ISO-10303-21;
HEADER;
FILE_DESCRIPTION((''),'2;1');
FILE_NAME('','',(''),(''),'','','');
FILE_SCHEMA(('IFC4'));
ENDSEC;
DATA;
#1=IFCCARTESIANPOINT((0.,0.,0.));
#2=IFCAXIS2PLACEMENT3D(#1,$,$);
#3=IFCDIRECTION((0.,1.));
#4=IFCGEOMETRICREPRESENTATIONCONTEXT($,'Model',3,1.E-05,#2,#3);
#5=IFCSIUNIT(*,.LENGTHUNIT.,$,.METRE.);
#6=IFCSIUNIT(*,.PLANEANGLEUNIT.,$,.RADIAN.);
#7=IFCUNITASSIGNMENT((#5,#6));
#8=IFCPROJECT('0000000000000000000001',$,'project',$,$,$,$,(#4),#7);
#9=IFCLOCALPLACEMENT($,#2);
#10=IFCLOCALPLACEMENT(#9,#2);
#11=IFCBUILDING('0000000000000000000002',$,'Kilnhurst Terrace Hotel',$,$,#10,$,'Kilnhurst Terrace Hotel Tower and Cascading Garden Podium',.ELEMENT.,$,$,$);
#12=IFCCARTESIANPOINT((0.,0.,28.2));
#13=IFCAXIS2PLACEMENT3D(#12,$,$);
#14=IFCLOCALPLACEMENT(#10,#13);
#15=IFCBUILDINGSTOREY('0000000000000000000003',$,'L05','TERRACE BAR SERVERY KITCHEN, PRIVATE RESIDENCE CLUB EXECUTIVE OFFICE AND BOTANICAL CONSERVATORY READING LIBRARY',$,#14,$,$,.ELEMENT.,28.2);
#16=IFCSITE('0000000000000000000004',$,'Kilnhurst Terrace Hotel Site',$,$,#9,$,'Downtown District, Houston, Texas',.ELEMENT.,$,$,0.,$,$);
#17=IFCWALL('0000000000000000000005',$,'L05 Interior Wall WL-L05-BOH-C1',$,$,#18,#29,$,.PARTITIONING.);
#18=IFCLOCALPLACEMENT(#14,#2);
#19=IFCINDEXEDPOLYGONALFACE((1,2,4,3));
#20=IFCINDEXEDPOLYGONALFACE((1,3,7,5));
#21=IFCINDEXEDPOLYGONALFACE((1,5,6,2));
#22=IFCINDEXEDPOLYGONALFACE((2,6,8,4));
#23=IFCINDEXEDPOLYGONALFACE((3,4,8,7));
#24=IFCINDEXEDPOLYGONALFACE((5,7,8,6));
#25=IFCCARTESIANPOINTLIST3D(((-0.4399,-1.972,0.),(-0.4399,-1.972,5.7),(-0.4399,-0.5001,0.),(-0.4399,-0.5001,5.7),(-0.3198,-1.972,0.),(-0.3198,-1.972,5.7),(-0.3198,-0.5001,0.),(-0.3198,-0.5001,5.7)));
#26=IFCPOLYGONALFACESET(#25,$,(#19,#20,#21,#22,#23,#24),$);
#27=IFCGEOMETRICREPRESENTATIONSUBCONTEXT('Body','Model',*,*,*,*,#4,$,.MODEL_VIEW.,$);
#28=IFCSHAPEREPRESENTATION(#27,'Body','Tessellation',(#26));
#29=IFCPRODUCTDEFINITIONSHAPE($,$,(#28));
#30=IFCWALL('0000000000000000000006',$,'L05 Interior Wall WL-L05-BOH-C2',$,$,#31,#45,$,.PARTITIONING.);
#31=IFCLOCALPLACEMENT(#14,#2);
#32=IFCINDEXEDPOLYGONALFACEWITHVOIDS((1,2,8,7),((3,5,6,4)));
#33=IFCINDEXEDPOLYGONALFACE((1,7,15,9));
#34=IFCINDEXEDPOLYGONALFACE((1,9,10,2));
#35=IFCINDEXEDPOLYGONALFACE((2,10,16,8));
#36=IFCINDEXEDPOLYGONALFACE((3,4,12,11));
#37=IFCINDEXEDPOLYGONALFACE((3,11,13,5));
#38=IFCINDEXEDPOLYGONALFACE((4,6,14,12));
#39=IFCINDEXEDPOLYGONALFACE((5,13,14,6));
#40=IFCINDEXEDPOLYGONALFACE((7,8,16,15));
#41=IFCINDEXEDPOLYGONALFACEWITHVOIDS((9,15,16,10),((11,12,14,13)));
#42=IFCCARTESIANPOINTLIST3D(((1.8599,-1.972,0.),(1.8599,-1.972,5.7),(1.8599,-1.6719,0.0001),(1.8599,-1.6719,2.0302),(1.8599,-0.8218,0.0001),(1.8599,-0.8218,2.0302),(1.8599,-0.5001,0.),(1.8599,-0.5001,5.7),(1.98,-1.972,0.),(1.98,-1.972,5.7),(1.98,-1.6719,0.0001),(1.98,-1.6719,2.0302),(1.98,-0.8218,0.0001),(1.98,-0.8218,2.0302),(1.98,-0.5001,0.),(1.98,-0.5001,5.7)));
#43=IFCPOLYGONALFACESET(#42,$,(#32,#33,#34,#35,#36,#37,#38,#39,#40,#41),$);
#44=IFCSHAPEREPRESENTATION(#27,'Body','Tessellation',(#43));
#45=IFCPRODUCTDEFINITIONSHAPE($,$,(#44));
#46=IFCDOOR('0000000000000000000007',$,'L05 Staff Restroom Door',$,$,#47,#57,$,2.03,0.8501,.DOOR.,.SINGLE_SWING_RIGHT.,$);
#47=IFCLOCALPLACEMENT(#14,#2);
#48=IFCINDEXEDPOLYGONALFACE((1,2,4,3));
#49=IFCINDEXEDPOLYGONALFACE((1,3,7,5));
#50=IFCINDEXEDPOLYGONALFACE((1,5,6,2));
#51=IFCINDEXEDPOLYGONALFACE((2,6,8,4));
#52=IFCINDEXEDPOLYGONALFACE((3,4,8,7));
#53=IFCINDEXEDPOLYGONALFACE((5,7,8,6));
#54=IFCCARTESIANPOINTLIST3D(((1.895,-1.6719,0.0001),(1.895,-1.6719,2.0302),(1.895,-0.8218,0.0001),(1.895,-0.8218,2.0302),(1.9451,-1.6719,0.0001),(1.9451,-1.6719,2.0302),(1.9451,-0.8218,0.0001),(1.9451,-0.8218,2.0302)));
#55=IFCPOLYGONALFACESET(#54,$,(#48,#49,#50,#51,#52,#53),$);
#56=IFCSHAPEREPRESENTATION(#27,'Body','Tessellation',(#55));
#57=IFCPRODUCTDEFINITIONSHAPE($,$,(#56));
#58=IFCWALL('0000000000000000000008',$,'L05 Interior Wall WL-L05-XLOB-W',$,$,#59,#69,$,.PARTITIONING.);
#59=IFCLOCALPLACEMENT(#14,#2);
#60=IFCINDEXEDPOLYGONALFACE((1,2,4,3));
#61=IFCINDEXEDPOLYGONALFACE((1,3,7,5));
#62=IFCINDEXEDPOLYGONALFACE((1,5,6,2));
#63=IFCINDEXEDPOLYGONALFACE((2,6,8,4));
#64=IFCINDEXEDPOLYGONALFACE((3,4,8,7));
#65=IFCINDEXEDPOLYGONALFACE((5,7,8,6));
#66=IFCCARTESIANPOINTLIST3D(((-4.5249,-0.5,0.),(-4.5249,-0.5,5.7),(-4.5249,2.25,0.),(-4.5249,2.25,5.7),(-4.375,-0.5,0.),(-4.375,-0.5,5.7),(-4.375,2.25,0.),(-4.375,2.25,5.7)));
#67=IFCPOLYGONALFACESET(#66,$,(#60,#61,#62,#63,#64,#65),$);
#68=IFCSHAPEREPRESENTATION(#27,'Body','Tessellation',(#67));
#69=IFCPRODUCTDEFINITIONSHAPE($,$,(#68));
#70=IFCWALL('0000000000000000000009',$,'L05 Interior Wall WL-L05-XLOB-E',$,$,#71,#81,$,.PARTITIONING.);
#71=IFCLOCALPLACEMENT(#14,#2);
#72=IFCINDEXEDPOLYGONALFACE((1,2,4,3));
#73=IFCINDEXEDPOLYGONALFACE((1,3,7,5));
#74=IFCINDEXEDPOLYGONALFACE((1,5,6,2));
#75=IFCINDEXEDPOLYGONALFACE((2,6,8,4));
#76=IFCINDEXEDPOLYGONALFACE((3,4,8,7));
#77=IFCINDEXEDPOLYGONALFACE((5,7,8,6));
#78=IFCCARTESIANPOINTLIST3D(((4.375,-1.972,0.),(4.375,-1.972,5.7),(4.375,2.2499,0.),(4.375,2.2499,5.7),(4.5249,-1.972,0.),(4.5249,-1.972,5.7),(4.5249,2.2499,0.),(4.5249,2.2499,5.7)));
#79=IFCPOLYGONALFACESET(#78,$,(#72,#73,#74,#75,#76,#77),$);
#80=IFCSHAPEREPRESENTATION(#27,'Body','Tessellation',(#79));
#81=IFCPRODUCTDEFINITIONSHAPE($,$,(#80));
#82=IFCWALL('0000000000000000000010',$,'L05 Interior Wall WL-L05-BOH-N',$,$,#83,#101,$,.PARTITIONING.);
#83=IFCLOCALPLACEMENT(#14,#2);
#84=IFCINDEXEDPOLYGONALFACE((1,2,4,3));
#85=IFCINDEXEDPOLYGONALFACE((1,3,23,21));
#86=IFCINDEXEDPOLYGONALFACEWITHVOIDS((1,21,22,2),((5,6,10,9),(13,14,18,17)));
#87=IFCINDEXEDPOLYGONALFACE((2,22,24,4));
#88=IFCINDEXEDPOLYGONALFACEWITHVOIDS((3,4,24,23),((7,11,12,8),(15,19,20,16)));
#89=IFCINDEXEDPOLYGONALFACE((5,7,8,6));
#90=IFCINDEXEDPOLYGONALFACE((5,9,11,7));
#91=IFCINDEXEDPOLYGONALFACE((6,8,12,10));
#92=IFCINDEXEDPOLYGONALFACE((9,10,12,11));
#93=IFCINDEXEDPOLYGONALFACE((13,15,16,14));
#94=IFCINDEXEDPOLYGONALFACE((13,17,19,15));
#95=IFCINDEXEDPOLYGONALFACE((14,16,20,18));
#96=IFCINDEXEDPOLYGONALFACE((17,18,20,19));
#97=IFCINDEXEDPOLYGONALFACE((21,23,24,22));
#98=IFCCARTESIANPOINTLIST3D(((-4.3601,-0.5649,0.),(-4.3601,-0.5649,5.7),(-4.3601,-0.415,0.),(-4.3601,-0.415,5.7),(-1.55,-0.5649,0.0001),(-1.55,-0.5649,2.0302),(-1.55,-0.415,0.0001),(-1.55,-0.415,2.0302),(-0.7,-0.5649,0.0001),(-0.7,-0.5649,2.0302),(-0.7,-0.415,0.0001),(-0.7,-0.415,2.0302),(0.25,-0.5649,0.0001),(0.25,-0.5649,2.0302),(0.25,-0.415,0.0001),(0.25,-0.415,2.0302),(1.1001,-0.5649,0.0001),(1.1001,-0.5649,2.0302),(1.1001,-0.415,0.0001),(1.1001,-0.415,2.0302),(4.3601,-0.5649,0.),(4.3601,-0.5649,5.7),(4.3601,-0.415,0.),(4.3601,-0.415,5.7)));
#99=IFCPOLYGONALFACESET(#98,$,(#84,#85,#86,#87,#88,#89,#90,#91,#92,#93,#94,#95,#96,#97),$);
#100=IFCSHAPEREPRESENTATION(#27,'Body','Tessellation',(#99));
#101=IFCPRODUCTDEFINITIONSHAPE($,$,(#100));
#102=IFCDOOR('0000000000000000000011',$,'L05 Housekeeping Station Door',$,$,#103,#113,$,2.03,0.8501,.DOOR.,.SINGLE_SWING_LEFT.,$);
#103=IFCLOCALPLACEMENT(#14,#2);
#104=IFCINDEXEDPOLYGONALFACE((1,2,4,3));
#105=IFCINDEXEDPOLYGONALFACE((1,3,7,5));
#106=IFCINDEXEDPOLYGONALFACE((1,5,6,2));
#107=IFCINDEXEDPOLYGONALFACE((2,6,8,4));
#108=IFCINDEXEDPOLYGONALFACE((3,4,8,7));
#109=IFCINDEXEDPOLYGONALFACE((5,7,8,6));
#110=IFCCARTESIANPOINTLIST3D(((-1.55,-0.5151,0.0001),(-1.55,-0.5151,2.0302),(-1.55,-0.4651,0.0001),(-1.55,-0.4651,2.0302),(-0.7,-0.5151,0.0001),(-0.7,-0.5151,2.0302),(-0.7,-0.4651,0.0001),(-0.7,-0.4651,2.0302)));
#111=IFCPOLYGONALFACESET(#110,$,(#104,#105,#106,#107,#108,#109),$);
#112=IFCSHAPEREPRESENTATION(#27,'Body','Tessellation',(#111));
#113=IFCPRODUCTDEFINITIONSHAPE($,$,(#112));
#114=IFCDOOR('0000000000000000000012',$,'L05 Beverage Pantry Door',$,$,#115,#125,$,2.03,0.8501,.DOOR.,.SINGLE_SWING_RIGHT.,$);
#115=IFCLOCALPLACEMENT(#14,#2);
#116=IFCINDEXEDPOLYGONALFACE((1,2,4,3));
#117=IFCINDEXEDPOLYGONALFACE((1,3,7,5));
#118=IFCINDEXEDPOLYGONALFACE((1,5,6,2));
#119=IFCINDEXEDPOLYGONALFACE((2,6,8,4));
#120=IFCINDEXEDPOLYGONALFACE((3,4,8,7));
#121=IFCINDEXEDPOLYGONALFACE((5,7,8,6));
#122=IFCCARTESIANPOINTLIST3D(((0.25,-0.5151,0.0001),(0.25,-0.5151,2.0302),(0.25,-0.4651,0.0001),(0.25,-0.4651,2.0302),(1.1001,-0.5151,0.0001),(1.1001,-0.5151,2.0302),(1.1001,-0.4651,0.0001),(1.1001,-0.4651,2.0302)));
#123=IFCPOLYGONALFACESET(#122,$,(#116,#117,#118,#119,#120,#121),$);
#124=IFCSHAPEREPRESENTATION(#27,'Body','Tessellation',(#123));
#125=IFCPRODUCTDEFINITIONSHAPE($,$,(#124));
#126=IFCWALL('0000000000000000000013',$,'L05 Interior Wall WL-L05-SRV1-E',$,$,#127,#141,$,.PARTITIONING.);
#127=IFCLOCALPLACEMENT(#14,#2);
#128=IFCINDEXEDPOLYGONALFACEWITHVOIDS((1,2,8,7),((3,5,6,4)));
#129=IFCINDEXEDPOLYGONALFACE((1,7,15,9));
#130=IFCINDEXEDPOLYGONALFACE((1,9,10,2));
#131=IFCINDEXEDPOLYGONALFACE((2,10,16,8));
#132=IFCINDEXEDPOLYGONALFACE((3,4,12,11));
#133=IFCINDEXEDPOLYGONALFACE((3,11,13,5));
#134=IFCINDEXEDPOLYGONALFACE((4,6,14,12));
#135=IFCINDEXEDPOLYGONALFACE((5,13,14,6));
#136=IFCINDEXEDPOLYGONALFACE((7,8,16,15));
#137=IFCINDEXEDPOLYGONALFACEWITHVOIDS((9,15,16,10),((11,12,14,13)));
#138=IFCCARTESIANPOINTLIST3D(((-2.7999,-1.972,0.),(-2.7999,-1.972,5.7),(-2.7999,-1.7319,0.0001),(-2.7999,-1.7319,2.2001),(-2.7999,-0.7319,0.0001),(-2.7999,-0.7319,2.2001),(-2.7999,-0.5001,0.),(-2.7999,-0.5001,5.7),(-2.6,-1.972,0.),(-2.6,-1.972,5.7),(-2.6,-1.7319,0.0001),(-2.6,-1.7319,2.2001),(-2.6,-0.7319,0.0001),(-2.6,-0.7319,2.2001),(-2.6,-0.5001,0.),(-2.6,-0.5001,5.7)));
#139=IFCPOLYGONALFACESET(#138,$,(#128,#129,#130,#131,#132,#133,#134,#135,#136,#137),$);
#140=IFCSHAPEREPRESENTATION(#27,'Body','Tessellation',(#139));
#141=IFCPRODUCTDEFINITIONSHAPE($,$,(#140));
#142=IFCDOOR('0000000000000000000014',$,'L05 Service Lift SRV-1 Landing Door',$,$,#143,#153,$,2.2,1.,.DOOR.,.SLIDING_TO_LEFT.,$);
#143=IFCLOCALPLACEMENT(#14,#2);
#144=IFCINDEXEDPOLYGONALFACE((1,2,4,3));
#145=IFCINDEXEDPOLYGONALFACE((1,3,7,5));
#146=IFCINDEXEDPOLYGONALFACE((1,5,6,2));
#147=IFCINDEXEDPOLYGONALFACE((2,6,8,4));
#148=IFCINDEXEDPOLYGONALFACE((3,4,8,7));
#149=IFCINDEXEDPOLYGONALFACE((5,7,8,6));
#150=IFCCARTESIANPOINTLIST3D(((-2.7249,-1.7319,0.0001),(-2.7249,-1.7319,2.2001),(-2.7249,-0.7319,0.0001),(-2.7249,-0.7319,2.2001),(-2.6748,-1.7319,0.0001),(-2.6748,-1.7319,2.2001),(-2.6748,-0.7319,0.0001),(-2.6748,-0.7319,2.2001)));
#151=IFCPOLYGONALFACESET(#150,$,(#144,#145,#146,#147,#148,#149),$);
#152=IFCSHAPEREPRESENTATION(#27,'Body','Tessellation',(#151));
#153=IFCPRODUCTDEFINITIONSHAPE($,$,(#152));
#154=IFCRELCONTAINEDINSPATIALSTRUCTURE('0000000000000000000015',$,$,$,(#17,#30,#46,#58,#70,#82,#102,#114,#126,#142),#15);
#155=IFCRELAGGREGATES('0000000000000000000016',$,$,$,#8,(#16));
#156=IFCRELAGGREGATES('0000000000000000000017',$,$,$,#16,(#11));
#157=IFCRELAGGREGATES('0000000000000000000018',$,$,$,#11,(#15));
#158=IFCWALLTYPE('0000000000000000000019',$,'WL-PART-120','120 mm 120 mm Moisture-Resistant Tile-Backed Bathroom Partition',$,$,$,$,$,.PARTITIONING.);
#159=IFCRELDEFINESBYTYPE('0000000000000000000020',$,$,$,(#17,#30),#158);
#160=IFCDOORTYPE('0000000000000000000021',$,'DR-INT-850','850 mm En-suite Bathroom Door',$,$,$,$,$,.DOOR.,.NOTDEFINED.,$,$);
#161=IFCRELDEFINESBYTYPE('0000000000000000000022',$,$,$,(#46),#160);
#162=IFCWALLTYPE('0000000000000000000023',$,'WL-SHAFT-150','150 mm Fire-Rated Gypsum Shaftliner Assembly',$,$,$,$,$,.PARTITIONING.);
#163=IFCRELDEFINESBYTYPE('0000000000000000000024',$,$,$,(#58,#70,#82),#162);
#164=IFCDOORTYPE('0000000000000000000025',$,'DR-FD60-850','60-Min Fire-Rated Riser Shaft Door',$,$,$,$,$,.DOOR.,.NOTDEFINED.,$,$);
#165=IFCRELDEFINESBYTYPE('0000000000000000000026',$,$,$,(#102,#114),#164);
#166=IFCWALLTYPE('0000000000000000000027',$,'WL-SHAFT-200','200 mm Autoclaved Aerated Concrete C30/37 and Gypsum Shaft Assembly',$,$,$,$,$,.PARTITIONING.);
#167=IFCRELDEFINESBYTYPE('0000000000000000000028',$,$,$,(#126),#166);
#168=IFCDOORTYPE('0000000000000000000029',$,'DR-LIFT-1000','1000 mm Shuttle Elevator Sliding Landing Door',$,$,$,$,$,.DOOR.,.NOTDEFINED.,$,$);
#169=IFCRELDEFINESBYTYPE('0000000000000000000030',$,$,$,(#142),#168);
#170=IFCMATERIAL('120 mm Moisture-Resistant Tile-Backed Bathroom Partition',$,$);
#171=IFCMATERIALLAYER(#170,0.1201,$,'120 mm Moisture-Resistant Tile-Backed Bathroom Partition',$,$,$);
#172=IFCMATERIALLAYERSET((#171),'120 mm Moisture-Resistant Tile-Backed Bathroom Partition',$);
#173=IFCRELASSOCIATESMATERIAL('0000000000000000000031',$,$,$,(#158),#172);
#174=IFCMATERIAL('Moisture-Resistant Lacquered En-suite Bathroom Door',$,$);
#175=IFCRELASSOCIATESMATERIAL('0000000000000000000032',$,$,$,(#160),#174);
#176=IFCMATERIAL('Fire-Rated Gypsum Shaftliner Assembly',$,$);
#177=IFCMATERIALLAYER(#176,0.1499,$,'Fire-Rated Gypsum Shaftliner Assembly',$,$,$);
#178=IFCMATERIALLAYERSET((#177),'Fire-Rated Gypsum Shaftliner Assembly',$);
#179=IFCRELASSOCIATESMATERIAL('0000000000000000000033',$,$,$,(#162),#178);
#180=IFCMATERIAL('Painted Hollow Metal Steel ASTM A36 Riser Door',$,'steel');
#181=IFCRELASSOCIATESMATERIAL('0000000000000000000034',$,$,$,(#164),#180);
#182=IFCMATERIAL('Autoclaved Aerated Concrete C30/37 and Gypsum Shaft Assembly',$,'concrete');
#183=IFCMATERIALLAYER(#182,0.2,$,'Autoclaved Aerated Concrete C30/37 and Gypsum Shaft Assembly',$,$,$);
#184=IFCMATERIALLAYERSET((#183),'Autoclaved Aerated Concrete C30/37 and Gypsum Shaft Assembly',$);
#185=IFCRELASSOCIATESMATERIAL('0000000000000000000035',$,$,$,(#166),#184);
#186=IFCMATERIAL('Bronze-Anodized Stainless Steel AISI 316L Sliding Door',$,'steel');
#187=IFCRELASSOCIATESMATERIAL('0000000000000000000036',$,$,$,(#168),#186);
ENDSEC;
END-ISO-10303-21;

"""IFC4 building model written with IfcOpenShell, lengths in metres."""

from ifc_helpers import new_model, si_unit, direction, frame, frame_2d, origin, place, context, subcontext, project, spatial, rectangle, extrude, material, layer, layer_set, type_object, element, fill, save


model = new_model("IFC4")

# Units and contexts
model_context = context("Model", 3, precision=1e-05, world=origin(), true_north=direction((0.0, 1.0)))
body_context = subcontext(model_context, "Body", "Model", "MODEL_VIEW")
ifc_project = project(units=[si_unit("LENGTHUNIT", "METRE"), si_unit("PLANEANGLEUNIT", "RADIAN")], contexts=[model_context])

# Site, building, storey
site_placement = place(None, origin())
site = spatial("IfcSite", under=ifc_project, at=site_placement, Name="Kilnhurst Terrace Hotel Site", LongName="Downtown District, Houston, Texas", CompositionType="ELEMENT", RefElevation=0.0)
building_placement = place(site_placement, origin())
building = spatial("IfcBuilding", under=site, at=building_placement, Name="Kilnhurst Terrace Hotel", LongName="Kilnhurst Terrace Hotel Tower and Cascading Garden Podium", CompositionType="ELEMENT")
storey_placement = place(building_placement, frame((0.0, 0.0, 28.2)))
storey = spatial("IfcBuildingStorey", under=building, at=storey_placement, Name="L05", Description="TERRACE BAR SERVERY KITCHEN, PRIVATE RESIDENCE CLUB EXECUTIVE OFFICE AND BOTANICAL CONSERVATORY READING LIBRARY", CompositionType="ELEMENT", Elevation=28.2)

# Wall
ifc_material_1 = material(Name="120 mm Moisture-Resistant Tile-Backed Bathroom Partition")
ifc_layer_1 = layer(ifc_material_1, 0.1201, Name="120 mm Moisture-Resistant Tile-Backed Bathroom Partition")
ifc_layer_set_1 = layer_set([ifc_layer_1], Name="120 mm Moisture-Resistant Tile-Backed Bathroom Partition")
wall_type_1 = type_object("IfcWallType", Name="WL-PART-120", Description="120 mm 120 mm Moisture-Resistant Tile-Backed Bathroom Partition", PredefinedType="PARTITIONING", material=ifc_layer_set_1)
wall_1_placement = place(storey_placement, frame((-0.3799, -1.9719, 0.0), z_axis=(0.0, 0.0, 1.0), x_axis=(0.0, 1.0, 0.0)))
element("IfcWall", 1, at=wall_1_placement, inside=storey, type_object=wall_type_1, Name="L05 Interior Wall WL-L05-BOH-C1", PredefinedType="PARTITIONING", context=body_context, shape_type="SweptSolid", body=[
    extrude(rectangle(XDim=1.4719, YDim=0.1201, at=frame_2d((0.7358, 0.0))), origin(), (0.0, 0.0, 1.0), 5.7),
])

# Wall, opening, door
wall_2_placement = place(storey_placement, frame((1.9199, -1.9719, 0.0), z_axis=(0.0, 0.0, 1.0), x_axis=(0.0, 1.0, 0.0)))
wall_2 = element("IfcWall", 2, at=wall_2_placement, inside=storey, type_object=wall_type_1, Name="L05 Interior Wall WL-L05-BOH-C2", PredefinedType="PARTITIONING", context=body_context, shape_type="SweptSolid", body=[
    extrude(rectangle(XDim=1.4719, YDim=0.1201, at=frame_2d((0.7358, 0.0))), origin(), (0.0, 0.0, 1.0), 5.7),
])
opening_1_placement = place(wall_2_placement, frame((0.3, 0.0, 0.0)))
opening_1 = element("IfcOpeningElement", 3, at=opening_1_placement, cuts=wall_2, PredefinedType="OPENING", context=body_context, shape_type="SweptSolid", body=[
    extrude(rectangle(XDim=0.8501, YDim=2.03, at=frame_2d((0.425, 1.0151))), frame((0.0, 0.0701, 0.0), z_axis=(0.0, -1.0, 0.0), x_axis=(1.0, 0.0, 0.0)), (0.0, 0.0, 1.0), 0.1401),
])
ifc_material_2 = material(Name="Moisture-Resistant Lacquered En-suite Bathroom Door")
door_type_1 = type_object("IfcDoorType", Name="DR-INT-850", Description="850 mm En-suite Bathroom Door", OperationType="NOTDEFINED", PredefinedType="DOOR", material=ifc_material_2)
door_1_placement = place(opening_1_placement, origin())
door_1 = element("IfcDoor", 4, at=door_1_placement, inside=storey, type_object=door_type_1, Name="L05 Staff Restroom Door", OperationType="SINGLE_SWING_RIGHT", OverallHeight=2.03, OverallWidth=0.8501, PredefinedType="DOOR", context=body_context, shape_type="SweptSolid", body=[
    extrude(rectangle(XDim=0.8501, YDim=2.03, at=frame_2d((0.425, 1.0151))), frame((0.0, 0.0249, 0.0), z_axis=(0.0, -1.0, 0.0), x_axis=(1.0, 0.0, 0.0)), (0.0, 0.0, 1.0), 0.05),
])
fill(opening_1, door_1)

# Walls
ifc_material_3 = material(Name="Fire-Rated Gypsum Shaftliner Assembly")
ifc_layer_2 = layer(ifc_material_3, 0.1499, Name="Fire-Rated Gypsum Shaftliner Assembly")
ifc_layer_set_2 = layer_set([ifc_layer_2], Name="Fire-Rated Gypsum Shaftliner Assembly")
wall_type_2 = type_object("IfcWallType", Name="WL-SHAFT-150", Description="150 mm Fire-Rated Gypsum Shaftliner Assembly", PredefinedType="PARTITIONING", material=ifc_layer_set_2)
wall_3_placement = place(storey_placement, frame((-4.45, -0.5, 0.0), z_axis=(0.0, 0.0, 1.0), x_axis=(0.0, 1.0, 0.0)))
element("IfcWall", 5, at=wall_3_placement, inside=storey, type_object=wall_type_2, Name="L05 Interior Wall WL-L05-XLOB-W", PredefinedType="PARTITIONING", context=body_context, shape_type="SweptSolid", body=[
    extrude(rectangle(XDim=2.75, YDim=0.1499, at=frame_2d((1.375, 0.0))), origin(), (0.0, 0.0, 1.0), 5.7),
])
wall_4_placement = place(storey_placement, frame((4.45, -1.9719, 0.0), z_axis=(0.0, 0.0, 1.0), x_axis=(0.0, 1.0, 0.0)))
element("IfcWall", 6, at=wall_4_placement, inside=storey, type_object=wall_type_2, Name="L05 Interior Wall WL-L05-XLOB-E", PredefinedType="PARTITIONING", context=body_context, shape_type="SweptSolid", body=[
    extrude(rectangle(XDim=4.2219, YDim=0.1499, at=frame_2d((2.1108, 0.0))), origin(), (0.0, 0.0, 1.0), 5.7),
])

# Wall, openings, doors
wall_5_placement = place(storey_placement, frame((-4.3601, -0.49, 0.0), z_axis=(0.0, 0.0, 1.0), x_axis=(1.0, 0.0, 0.0)))
wall_5 = element("IfcWall", 7, at=wall_5_placement, inside=storey, type_object=wall_type_2, Name="L05 Interior Wall WL-L05-BOH-N", PredefinedType="PARTITIONING", context=body_context, shape_type="SweptSolid", body=[
    extrude(rectangle(XDim=8.7202, YDim=0.1499, at=frame_2d((4.3601, 0.0))), origin(), (0.0, 0.0, 1.0), 5.7),
])
opening_2_placement = place(wall_5_placement, frame((2.8101, 0.0, 0.0)))
opening_2 = element("IfcOpeningElement", 8, at=opening_2_placement, cuts=wall_5, PredefinedType="OPENING", context=body_context, shape_type="SweptSolid", body=[
    extrude(rectangle(XDim=0.8501, YDim=2.03, at=frame_2d((0.425, 1.0151))), frame((0.0, 0.085, 0.0), z_axis=(0.0, -1.0, 0.0), x_axis=(1.0, 0.0, 0.0)), (0.0, 0.0, 1.0), 0.1699),
])
opening_3_placement = place(wall_5_placement, frame((4.6101, 0.0, 0.0)))
opening_3 = element("IfcOpeningElement", 9, at=opening_3_placement, cuts=wall_5, PredefinedType="OPENING", context=body_context, shape_type="SweptSolid", body=[
    extrude(rectangle(XDim=0.8501, YDim=2.03, at=frame_2d((0.425, 1.0151))), frame((0.0, 0.085, 0.0), z_axis=(0.0, -1.0, 0.0), x_axis=(1.0, 0.0, 0.0)), (0.0, 0.0, 1.0), 0.1699),
])
ifc_material_4 = material(Name="Painted Hollow Metal Steel ASTM A36 Riser Door", Category="steel")
door_type_2 = type_object("IfcDoorType", Name="DR-FD60-850", Description="60-Min Fire-Rated Riser Shaft Door", OperationType="NOTDEFINED", PredefinedType="DOOR", material=ifc_material_4)
door_2_placement = place(opening_2_placement, origin())
door_2 = element("IfcDoor", 10, at=door_2_placement, inside=storey, type_object=door_type_2, Name="L05 Housekeeping Station Door", OperationType="SINGLE_SWING_LEFT", OverallHeight=2.03, OverallWidth=0.8501, PredefinedType="DOOR", context=body_context, shape_type="SweptSolid", body=[
    extrude(rectangle(XDim=0.8501, YDim=2.03, at=frame_2d((0.425, 1.0151))), frame((0.0, 0.0249, 0.0), z_axis=(0.0, -1.0, 0.0), x_axis=(1.0, 0.0, 0.0)), (0.0, 0.0, 1.0), 0.05),
])
fill(opening_2, door_2)
door_3_placement = place(opening_3_placement, origin())
door_3 = element("IfcDoor", 11, at=door_3_placement, inside=storey, type_object=door_type_2, Name="L05 Beverage Pantry Door", OperationType="SINGLE_SWING_RIGHT", OverallHeight=2.03, OverallWidth=0.8501, PredefinedType="DOOR", context=body_context, shape_type="SweptSolid", body=[
    extrude(rectangle(XDim=0.8501, YDim=2.03, at=frame_2d((0.425, 1.0151))), frame((0.0, 0.0249, 0.0), z_axis=(0.0, -1.0, 0.0), x_axis=(1.0, 0.0, 0.0)), (0.0, 0.0, 1.0), 0.05),
])
fill(opening_3, door_3)

# Wall, opening, door
ifc_material_5 = material(Name="Autoclaved Aerated Concrete C30/37 and Gypsum Shaft Assembly", Category="concrete")
ifc_layer_3 = layer(ifc_material_5, 0.2, Name="Autoclaved Aerated Concrete C30/37 and Gypsum Shaft Assembly")
ifc_layer_set_3 = layer_set([ifc_layer_3], Name="Autoclaved Aerated Concrete C30/37 and Gypsum Shaft Assembly")
wall_type_3 = type_object("IfcWallType", Name="WL-SHAFT-200", Description="200 mm Autoclaved Aerated Concrete C30/37 and Gypsum Shaft Assembly", PredefinedType="PARTITIONING", material=ifc_layer_set_3)
wall_6_placement = place(storey_placement, frame((-2.7, -1.9719, 0.0), z_axis=(0.0, 0.0, 1.0), x_axis=(0.0, 1.0, 0.0)))
wall_6 = element("IfcWall", 12, at=wall_6_placement, inside=storey, type_object=wall_type_3, Name="L05 Interior Wall WL-L05-SRV1-E", PredefinedType="PARTITIONING", context=body_context, shape_type="SweptSolid", body=[
    extrude(rectangle(XDim=1.4719, YDim=0.2, at=frame_2d((0.7358, 0.0))), origin(), (0.0, 0.0, 1.0), 5.7),
])
opening_4_placement = place(wall_6_placement, frame((0.24, 0.0, 0.0)))
opening_4 = element("IfcOpeningElement", 13, at=opening_4_placement, cuts=wall_6, PredefinedType="OPENING", context=body_context, shape_type="SweptSolid", body=[
    extrude(rectangle(XDim=1.0, YDim=2.2, at=frame_2d((0.5, 1.1001))), frame((0.0, 0.1099, 0.0), z_axis=(0.0, -1.0, 0.0), x_axis=(1.0, 0.0, 0.0)), (0.0, 0.0, 1.0), 0.22),
])
ifc_material_6 = material(Name="Bronze-Anodized Stainless Steel AISI 316L Sliding Door", Category="steel")
door_type_3 = type_object("IfcDoorType", Name="DR-LIFT-1000", Description="1000 mm Shuttle Elevator Sliding Landing Door", OperationType="NOTDEFINED", PredefinedType="DOOR", material=ifc_material_6)
door_4_placement = place(opening_4_placement, origin())
door_4 = element("IfcDoor", 14, at=door_4_placement, inside=storey, type_object=door_type_3, Name="L05 Service Lift SRV-1 Landing Door", OperationType="SLIDING_TO_LEFT", OverallHeight=2.2, OverallWidth=1.0, PredefinedType="DOOR", context=body_context, shape_type="SweptSolid", body=[
    extrude(rectangle(XDim=1.0, YDim=2.2, at=frame_2d((0.5, 1.1001))), frame((0.0, 0.0249, 0.0), z_axis=(0.0, -1.0, 0.0), x_axis=(1.0, 0.0, 0.0)), (0.0, 0.0, 1.0), 0.05),
])
fill(opening_4, door_4)

save(model, "model.ifc")
